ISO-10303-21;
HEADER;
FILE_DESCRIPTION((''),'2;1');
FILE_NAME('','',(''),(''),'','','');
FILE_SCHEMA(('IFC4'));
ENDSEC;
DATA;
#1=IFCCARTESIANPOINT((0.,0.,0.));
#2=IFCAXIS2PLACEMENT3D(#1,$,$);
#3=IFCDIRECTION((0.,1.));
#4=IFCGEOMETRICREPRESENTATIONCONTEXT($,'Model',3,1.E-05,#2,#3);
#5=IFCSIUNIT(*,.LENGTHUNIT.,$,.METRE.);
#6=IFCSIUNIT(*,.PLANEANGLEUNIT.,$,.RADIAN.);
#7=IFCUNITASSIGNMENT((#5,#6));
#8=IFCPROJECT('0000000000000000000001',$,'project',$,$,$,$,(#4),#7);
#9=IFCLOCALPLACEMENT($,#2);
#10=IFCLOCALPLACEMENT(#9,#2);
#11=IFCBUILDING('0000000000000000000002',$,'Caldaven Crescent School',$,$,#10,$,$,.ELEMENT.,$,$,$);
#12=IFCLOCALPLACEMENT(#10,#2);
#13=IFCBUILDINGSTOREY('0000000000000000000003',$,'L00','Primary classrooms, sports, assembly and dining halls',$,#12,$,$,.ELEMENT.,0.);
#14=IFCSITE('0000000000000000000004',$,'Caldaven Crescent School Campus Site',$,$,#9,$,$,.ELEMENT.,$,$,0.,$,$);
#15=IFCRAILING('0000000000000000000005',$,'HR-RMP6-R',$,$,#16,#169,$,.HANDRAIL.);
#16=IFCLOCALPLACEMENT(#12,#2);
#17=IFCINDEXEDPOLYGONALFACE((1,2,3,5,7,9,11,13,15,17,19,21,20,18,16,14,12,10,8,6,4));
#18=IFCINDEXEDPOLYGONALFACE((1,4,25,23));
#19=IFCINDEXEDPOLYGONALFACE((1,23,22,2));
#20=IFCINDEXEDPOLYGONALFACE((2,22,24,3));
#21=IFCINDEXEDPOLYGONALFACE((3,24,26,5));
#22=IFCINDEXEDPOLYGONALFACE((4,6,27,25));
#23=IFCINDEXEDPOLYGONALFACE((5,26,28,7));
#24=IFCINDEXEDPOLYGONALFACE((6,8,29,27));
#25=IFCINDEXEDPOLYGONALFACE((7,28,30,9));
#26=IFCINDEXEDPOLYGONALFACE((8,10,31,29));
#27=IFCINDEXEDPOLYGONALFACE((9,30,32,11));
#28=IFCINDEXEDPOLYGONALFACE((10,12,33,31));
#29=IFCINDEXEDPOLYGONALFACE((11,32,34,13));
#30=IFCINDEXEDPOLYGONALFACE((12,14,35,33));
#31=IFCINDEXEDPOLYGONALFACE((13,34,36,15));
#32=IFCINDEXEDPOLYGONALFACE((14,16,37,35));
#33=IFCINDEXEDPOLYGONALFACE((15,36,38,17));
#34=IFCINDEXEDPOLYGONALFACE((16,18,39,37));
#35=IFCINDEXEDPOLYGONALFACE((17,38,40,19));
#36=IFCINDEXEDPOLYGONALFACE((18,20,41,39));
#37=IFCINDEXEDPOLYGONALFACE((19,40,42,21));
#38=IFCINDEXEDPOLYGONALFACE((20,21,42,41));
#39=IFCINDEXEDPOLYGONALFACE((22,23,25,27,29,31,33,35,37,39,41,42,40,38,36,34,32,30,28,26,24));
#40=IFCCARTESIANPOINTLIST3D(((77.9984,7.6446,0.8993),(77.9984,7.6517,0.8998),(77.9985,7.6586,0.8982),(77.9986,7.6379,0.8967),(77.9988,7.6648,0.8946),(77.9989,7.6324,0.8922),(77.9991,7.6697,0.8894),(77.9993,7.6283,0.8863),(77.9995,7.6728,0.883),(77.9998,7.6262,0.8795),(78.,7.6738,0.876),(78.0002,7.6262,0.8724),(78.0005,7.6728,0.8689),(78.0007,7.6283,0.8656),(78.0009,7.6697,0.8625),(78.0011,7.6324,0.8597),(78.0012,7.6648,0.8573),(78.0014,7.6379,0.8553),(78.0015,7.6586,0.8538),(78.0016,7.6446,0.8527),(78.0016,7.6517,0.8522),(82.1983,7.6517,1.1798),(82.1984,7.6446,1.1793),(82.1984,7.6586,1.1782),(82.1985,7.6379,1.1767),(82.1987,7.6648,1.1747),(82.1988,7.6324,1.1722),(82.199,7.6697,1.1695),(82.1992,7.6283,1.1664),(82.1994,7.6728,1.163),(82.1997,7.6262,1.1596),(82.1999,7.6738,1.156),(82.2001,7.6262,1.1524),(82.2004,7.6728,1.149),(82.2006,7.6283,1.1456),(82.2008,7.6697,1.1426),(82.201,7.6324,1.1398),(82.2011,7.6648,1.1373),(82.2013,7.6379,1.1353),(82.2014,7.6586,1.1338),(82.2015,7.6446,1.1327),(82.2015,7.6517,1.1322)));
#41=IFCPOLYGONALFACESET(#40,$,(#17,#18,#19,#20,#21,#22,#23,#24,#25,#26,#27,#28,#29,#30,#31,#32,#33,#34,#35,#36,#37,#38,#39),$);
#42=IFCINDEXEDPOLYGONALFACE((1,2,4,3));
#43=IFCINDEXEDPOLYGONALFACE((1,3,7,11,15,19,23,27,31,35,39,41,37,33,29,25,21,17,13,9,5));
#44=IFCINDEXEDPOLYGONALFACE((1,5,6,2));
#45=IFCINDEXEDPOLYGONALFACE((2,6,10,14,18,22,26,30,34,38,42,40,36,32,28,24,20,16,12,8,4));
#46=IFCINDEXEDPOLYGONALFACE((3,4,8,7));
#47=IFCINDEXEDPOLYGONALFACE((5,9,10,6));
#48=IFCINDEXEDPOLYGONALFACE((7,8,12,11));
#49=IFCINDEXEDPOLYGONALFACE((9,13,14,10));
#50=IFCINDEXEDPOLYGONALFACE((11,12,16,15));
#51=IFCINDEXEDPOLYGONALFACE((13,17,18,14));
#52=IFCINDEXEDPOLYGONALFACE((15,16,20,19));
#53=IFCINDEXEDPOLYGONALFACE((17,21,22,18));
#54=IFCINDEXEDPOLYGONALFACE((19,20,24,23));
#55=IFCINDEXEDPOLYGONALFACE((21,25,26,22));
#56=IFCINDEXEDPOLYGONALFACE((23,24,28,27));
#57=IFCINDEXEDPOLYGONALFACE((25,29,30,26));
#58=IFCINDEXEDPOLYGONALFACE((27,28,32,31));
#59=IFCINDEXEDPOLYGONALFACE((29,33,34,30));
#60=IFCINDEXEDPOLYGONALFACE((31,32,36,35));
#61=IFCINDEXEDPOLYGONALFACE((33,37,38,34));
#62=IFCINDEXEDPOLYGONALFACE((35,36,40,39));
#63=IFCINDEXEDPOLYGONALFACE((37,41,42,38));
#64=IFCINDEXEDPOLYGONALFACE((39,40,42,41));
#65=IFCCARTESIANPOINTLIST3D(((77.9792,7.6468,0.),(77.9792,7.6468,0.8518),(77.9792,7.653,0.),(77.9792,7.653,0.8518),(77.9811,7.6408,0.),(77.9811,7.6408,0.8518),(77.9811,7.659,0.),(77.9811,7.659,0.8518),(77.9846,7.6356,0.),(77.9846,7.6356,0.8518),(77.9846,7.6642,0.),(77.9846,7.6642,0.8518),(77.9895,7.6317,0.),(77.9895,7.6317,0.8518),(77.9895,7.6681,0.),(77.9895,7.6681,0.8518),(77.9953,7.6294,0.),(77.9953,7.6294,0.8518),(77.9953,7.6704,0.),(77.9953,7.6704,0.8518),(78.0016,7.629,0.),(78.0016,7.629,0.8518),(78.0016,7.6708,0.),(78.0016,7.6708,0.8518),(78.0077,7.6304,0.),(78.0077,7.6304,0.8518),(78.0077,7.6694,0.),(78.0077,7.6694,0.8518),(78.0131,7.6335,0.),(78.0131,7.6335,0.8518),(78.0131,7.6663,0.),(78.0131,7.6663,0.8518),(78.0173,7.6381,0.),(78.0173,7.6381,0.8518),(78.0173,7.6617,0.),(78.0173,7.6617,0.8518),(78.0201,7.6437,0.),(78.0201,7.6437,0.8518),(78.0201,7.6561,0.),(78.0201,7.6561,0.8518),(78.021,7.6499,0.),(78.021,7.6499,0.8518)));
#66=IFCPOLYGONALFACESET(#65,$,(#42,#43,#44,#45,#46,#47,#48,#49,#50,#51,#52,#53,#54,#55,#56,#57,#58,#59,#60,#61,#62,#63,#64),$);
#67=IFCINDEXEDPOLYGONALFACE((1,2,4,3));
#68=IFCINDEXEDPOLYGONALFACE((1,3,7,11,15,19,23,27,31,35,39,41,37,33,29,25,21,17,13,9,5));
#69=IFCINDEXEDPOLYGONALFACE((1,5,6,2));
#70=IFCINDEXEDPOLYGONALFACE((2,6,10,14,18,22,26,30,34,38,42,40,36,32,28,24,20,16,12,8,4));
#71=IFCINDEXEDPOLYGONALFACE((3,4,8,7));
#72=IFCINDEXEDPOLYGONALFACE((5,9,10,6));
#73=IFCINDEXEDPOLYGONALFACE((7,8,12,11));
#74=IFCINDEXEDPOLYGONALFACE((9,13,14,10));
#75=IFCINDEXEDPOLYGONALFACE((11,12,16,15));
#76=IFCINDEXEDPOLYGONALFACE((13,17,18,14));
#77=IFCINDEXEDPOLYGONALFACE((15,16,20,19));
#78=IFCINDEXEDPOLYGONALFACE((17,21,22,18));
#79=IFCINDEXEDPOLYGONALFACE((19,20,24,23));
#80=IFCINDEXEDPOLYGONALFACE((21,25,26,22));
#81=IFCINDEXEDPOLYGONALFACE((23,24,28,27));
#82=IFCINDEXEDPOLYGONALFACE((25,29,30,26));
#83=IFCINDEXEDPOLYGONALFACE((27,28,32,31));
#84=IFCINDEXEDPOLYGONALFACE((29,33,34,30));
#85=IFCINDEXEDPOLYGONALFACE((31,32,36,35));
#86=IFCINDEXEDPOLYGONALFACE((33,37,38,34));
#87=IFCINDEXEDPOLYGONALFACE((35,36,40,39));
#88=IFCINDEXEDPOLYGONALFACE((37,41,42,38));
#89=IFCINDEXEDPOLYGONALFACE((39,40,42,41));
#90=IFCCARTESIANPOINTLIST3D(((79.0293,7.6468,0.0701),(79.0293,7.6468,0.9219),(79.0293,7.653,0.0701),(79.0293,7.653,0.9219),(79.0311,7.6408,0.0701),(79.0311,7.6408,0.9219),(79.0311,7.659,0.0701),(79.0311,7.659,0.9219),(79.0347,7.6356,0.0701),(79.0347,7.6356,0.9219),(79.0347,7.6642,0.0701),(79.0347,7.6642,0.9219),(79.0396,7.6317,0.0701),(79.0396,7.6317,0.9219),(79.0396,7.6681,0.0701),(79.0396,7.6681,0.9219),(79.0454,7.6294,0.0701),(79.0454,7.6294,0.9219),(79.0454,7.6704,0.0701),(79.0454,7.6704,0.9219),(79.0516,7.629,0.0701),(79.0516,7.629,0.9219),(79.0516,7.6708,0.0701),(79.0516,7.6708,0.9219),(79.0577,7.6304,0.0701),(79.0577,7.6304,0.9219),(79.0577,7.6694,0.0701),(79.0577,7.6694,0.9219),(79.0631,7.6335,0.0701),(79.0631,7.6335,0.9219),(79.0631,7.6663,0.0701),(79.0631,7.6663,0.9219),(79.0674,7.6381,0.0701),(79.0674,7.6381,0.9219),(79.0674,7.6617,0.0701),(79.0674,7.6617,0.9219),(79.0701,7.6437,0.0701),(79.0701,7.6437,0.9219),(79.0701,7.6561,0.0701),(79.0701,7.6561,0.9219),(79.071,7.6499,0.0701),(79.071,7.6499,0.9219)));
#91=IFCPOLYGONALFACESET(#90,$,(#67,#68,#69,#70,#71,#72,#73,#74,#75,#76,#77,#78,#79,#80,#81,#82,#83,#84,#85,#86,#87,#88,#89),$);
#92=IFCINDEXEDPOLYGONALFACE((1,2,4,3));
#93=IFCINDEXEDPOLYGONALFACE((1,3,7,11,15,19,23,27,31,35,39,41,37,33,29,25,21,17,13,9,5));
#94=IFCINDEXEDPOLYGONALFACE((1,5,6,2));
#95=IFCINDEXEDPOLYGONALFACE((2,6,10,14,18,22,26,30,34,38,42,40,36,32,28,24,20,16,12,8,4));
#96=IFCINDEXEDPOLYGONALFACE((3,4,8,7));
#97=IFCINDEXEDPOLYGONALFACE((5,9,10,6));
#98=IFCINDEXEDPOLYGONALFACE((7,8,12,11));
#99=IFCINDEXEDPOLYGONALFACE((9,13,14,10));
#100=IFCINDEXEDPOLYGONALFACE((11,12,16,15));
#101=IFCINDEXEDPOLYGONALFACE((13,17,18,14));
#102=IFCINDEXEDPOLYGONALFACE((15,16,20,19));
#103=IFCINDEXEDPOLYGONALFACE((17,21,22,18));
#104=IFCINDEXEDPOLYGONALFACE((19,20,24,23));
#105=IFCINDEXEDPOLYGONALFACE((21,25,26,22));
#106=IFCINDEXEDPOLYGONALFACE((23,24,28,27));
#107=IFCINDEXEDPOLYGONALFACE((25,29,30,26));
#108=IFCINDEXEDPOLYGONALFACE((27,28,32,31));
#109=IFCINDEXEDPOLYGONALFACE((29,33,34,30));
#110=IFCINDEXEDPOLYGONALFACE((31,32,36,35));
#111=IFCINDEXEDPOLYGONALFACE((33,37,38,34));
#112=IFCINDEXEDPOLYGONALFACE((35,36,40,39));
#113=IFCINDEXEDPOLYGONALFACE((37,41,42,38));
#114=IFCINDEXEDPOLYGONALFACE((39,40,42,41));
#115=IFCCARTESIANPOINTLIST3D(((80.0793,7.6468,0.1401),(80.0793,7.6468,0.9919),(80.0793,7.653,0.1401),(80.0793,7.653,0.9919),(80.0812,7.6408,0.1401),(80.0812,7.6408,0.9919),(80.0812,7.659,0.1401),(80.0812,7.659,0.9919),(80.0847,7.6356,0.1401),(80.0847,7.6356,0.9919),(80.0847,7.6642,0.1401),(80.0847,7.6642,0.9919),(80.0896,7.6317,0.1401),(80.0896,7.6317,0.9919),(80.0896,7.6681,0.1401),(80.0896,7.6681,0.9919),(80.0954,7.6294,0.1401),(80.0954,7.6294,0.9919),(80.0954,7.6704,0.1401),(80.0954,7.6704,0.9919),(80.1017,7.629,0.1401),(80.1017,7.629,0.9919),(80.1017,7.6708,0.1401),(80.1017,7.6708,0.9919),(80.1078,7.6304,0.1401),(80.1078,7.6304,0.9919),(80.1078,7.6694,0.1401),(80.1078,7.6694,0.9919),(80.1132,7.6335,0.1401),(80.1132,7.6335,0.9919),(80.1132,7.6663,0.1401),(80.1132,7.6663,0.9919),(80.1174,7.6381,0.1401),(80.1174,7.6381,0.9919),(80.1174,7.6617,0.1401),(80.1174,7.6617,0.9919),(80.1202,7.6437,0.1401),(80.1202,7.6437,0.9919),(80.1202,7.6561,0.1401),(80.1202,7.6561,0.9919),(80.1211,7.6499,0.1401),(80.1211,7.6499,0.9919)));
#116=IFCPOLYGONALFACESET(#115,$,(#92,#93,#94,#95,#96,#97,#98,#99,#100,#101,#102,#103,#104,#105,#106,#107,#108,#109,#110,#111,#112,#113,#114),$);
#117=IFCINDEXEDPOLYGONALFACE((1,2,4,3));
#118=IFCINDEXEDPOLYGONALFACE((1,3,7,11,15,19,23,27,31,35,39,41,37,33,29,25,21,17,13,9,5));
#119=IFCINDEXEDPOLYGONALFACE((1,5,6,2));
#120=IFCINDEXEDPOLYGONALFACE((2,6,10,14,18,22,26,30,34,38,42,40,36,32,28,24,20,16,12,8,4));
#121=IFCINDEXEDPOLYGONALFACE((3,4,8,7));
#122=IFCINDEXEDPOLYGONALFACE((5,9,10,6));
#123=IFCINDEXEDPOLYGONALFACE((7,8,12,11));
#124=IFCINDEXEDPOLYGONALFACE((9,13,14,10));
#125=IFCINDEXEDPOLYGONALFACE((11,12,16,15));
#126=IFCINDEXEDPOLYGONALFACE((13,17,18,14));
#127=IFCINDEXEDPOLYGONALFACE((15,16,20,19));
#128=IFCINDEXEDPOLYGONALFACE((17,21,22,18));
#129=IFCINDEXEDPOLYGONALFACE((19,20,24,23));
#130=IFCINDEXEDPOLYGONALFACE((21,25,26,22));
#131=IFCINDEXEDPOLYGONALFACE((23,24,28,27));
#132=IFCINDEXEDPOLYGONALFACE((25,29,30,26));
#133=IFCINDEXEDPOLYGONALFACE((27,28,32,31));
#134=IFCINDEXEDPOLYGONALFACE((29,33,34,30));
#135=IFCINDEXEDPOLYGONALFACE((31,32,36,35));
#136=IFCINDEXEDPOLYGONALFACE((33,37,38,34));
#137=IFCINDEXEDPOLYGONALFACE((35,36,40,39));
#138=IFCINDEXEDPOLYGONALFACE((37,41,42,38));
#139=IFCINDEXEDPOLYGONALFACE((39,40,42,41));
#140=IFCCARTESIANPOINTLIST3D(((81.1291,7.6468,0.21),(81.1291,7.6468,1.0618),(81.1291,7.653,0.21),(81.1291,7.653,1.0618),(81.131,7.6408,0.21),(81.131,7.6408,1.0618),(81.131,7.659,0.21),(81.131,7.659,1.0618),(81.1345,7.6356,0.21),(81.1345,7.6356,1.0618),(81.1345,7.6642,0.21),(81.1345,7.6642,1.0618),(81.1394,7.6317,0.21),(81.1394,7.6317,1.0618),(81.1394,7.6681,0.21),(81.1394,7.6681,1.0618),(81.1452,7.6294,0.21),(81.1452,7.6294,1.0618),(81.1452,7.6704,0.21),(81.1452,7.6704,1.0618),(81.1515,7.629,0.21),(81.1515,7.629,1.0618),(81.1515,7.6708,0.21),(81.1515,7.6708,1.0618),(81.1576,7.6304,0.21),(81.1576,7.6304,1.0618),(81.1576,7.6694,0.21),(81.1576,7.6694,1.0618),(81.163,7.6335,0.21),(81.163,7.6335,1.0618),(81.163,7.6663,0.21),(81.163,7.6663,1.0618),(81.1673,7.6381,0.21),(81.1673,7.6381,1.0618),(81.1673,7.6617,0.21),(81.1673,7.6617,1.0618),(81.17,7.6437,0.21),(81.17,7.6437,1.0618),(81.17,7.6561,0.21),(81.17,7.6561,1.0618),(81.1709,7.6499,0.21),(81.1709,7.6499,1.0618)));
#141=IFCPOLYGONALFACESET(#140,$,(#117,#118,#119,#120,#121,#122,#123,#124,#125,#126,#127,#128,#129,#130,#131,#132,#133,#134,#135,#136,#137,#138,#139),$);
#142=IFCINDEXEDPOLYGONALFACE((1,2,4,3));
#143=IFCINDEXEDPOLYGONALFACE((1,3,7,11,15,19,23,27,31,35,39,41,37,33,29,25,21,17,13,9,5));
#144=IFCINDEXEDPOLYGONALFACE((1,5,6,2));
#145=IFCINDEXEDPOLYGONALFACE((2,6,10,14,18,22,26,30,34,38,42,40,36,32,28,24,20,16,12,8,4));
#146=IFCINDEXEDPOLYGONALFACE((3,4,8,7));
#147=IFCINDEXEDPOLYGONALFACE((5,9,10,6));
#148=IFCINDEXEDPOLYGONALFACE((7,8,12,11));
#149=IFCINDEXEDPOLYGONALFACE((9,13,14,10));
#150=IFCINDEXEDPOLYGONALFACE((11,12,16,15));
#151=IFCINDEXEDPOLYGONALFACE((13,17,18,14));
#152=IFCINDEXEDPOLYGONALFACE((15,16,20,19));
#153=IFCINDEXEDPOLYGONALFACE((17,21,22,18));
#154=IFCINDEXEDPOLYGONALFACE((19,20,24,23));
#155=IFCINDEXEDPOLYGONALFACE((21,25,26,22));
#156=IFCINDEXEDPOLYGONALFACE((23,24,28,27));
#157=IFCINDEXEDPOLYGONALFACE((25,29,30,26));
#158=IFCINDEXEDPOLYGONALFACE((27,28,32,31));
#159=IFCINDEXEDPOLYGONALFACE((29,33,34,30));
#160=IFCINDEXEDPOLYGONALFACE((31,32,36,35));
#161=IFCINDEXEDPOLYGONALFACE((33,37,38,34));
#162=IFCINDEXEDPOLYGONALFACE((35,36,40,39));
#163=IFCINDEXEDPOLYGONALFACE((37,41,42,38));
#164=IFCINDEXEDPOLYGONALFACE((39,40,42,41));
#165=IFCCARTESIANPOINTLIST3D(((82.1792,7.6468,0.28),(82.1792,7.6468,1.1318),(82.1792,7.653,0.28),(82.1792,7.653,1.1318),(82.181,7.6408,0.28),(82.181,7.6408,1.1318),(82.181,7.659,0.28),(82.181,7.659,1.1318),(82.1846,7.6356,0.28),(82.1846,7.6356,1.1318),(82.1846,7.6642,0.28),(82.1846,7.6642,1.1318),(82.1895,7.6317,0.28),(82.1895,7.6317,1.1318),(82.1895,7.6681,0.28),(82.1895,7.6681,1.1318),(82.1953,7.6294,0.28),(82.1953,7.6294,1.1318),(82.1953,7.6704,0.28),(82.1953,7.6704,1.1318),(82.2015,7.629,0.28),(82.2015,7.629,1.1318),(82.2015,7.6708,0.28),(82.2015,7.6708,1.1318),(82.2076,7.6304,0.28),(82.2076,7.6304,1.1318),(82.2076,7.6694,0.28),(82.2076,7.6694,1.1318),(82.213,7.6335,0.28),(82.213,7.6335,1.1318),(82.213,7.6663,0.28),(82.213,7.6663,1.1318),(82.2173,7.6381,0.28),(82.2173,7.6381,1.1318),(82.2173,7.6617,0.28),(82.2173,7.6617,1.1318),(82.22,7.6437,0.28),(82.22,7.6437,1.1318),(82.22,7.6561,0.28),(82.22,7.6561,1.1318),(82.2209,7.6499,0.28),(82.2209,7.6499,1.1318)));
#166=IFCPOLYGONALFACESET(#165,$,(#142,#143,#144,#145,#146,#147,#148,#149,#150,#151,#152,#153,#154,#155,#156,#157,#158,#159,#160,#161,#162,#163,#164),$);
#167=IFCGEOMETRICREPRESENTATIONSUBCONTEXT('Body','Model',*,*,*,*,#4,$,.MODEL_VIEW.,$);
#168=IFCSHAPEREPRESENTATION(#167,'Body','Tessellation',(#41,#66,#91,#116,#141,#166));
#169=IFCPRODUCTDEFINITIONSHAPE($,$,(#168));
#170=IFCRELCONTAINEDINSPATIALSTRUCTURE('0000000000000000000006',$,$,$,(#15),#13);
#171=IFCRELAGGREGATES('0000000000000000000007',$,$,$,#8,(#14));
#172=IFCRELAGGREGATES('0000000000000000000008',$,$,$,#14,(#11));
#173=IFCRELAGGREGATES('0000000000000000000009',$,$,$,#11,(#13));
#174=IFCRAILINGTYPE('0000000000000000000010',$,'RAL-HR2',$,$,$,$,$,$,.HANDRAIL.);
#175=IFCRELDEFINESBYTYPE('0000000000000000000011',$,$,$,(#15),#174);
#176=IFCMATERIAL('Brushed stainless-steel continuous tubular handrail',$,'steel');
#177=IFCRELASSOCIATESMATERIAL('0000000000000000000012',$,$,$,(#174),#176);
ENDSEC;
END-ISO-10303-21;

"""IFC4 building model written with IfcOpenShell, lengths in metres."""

from ifc_helpers import new_model, si_unit, direction, frame, origin, origin_2d, place, context, subcontext, project, spatial, circle, extrude, material, type_object, element, save


model = new_model("IFC4")

# Units and contexts
model_context = context("Model", 3, precision=1e-05, world=origin(), true_north=direction((0.0, 1.0)))
body_context = subcontext(model_context, "Body", "Model", "MODEL_VIEW")
ifc_project = project(units=[si_unit("LENGTHUNIT", "METRE"), si_unit("PLANEANGLEUNIT", "RADIAN")], contexts=[model_context])

# Site, building, storey
site_placement = place(None, origin())
site = spatial("IfcSite", under=ifc_project, at=site_placement, Name="Caldaven Crescent School Campus Site", CompositionType="ELEMENT", RefElevation=0.0)
building_placement = place(site_placement, origin())
building = spatial("IfcBuilding", under=site, at=building_placement, Name="Caldaven Crescent School", CompositionType="ELEMENT")
storey_placement = place(building_placement, origin())
storey = spatial("IfcBuildingStorey", under=building, at=storey_placement, Name="L00", Description="Primary classrooms, sports, assembly and dining halls", CompositionType="ELEMENT", Elevation=0.0)

# Railing
ifc_material_1 = material(Name="Brushed stainless-steel continuous tubular handrail", Category="steel")
railing_type = type_object("IfcRailingType", Name="RAL-HR2", PredefinedType="HANDRAIL", material=ifc_material_1)
for number, where, name in (
    (1, (78.0, 7.6499, 0.0), "HR-RMP6-R"),
):
    element("IfcRailing", number, at=place(storey_placement, frame(where)), inside=storey, type_object=railing_type, Name=name, PredefinedType="HANDRAIL", context=body_context, shape_type="SweptSolid", body=[
        extrude(circle(Radius=0.0239, at=origin_2d()), frame((0.0, 0.0, 0.876), z_axis=(0.997785, 0.0, 0.066527), x_axis=(0.0, 1.0, 0.0)), (0.0, 0.0, 1.0), 4.2092),
        extrude(circle(Radius=0.021, at=origin_2d()), origin(), (0.0, 0.0, 1.0), 0.8518),
        extrude(circle(Radius=0.021, at=origin_2d()), frame((1.05, 0.0, 0.0701)), (0.0, 0.0, 1.0), 0.8518),
        extrude(circle(Radius=0.021, at=origin_2d()), frame((2.1001, 0.0, 0.1401)), (0.0, 0.0, 1.0), 0.8518),
        extrude(circle(Radius=0.021, at=origin_2d()), frame((3.1499, 0.0, 0.21)), (0.0, 0.0, 1.0), 0.8518),
        extrude(circle(Radius=0.021, at=origin_2d()), frame((4.2, 0.0, 0.28)), (0.0, 0.0, 1.0), 0.8518),
    ])

save(model, "model.ifc")
